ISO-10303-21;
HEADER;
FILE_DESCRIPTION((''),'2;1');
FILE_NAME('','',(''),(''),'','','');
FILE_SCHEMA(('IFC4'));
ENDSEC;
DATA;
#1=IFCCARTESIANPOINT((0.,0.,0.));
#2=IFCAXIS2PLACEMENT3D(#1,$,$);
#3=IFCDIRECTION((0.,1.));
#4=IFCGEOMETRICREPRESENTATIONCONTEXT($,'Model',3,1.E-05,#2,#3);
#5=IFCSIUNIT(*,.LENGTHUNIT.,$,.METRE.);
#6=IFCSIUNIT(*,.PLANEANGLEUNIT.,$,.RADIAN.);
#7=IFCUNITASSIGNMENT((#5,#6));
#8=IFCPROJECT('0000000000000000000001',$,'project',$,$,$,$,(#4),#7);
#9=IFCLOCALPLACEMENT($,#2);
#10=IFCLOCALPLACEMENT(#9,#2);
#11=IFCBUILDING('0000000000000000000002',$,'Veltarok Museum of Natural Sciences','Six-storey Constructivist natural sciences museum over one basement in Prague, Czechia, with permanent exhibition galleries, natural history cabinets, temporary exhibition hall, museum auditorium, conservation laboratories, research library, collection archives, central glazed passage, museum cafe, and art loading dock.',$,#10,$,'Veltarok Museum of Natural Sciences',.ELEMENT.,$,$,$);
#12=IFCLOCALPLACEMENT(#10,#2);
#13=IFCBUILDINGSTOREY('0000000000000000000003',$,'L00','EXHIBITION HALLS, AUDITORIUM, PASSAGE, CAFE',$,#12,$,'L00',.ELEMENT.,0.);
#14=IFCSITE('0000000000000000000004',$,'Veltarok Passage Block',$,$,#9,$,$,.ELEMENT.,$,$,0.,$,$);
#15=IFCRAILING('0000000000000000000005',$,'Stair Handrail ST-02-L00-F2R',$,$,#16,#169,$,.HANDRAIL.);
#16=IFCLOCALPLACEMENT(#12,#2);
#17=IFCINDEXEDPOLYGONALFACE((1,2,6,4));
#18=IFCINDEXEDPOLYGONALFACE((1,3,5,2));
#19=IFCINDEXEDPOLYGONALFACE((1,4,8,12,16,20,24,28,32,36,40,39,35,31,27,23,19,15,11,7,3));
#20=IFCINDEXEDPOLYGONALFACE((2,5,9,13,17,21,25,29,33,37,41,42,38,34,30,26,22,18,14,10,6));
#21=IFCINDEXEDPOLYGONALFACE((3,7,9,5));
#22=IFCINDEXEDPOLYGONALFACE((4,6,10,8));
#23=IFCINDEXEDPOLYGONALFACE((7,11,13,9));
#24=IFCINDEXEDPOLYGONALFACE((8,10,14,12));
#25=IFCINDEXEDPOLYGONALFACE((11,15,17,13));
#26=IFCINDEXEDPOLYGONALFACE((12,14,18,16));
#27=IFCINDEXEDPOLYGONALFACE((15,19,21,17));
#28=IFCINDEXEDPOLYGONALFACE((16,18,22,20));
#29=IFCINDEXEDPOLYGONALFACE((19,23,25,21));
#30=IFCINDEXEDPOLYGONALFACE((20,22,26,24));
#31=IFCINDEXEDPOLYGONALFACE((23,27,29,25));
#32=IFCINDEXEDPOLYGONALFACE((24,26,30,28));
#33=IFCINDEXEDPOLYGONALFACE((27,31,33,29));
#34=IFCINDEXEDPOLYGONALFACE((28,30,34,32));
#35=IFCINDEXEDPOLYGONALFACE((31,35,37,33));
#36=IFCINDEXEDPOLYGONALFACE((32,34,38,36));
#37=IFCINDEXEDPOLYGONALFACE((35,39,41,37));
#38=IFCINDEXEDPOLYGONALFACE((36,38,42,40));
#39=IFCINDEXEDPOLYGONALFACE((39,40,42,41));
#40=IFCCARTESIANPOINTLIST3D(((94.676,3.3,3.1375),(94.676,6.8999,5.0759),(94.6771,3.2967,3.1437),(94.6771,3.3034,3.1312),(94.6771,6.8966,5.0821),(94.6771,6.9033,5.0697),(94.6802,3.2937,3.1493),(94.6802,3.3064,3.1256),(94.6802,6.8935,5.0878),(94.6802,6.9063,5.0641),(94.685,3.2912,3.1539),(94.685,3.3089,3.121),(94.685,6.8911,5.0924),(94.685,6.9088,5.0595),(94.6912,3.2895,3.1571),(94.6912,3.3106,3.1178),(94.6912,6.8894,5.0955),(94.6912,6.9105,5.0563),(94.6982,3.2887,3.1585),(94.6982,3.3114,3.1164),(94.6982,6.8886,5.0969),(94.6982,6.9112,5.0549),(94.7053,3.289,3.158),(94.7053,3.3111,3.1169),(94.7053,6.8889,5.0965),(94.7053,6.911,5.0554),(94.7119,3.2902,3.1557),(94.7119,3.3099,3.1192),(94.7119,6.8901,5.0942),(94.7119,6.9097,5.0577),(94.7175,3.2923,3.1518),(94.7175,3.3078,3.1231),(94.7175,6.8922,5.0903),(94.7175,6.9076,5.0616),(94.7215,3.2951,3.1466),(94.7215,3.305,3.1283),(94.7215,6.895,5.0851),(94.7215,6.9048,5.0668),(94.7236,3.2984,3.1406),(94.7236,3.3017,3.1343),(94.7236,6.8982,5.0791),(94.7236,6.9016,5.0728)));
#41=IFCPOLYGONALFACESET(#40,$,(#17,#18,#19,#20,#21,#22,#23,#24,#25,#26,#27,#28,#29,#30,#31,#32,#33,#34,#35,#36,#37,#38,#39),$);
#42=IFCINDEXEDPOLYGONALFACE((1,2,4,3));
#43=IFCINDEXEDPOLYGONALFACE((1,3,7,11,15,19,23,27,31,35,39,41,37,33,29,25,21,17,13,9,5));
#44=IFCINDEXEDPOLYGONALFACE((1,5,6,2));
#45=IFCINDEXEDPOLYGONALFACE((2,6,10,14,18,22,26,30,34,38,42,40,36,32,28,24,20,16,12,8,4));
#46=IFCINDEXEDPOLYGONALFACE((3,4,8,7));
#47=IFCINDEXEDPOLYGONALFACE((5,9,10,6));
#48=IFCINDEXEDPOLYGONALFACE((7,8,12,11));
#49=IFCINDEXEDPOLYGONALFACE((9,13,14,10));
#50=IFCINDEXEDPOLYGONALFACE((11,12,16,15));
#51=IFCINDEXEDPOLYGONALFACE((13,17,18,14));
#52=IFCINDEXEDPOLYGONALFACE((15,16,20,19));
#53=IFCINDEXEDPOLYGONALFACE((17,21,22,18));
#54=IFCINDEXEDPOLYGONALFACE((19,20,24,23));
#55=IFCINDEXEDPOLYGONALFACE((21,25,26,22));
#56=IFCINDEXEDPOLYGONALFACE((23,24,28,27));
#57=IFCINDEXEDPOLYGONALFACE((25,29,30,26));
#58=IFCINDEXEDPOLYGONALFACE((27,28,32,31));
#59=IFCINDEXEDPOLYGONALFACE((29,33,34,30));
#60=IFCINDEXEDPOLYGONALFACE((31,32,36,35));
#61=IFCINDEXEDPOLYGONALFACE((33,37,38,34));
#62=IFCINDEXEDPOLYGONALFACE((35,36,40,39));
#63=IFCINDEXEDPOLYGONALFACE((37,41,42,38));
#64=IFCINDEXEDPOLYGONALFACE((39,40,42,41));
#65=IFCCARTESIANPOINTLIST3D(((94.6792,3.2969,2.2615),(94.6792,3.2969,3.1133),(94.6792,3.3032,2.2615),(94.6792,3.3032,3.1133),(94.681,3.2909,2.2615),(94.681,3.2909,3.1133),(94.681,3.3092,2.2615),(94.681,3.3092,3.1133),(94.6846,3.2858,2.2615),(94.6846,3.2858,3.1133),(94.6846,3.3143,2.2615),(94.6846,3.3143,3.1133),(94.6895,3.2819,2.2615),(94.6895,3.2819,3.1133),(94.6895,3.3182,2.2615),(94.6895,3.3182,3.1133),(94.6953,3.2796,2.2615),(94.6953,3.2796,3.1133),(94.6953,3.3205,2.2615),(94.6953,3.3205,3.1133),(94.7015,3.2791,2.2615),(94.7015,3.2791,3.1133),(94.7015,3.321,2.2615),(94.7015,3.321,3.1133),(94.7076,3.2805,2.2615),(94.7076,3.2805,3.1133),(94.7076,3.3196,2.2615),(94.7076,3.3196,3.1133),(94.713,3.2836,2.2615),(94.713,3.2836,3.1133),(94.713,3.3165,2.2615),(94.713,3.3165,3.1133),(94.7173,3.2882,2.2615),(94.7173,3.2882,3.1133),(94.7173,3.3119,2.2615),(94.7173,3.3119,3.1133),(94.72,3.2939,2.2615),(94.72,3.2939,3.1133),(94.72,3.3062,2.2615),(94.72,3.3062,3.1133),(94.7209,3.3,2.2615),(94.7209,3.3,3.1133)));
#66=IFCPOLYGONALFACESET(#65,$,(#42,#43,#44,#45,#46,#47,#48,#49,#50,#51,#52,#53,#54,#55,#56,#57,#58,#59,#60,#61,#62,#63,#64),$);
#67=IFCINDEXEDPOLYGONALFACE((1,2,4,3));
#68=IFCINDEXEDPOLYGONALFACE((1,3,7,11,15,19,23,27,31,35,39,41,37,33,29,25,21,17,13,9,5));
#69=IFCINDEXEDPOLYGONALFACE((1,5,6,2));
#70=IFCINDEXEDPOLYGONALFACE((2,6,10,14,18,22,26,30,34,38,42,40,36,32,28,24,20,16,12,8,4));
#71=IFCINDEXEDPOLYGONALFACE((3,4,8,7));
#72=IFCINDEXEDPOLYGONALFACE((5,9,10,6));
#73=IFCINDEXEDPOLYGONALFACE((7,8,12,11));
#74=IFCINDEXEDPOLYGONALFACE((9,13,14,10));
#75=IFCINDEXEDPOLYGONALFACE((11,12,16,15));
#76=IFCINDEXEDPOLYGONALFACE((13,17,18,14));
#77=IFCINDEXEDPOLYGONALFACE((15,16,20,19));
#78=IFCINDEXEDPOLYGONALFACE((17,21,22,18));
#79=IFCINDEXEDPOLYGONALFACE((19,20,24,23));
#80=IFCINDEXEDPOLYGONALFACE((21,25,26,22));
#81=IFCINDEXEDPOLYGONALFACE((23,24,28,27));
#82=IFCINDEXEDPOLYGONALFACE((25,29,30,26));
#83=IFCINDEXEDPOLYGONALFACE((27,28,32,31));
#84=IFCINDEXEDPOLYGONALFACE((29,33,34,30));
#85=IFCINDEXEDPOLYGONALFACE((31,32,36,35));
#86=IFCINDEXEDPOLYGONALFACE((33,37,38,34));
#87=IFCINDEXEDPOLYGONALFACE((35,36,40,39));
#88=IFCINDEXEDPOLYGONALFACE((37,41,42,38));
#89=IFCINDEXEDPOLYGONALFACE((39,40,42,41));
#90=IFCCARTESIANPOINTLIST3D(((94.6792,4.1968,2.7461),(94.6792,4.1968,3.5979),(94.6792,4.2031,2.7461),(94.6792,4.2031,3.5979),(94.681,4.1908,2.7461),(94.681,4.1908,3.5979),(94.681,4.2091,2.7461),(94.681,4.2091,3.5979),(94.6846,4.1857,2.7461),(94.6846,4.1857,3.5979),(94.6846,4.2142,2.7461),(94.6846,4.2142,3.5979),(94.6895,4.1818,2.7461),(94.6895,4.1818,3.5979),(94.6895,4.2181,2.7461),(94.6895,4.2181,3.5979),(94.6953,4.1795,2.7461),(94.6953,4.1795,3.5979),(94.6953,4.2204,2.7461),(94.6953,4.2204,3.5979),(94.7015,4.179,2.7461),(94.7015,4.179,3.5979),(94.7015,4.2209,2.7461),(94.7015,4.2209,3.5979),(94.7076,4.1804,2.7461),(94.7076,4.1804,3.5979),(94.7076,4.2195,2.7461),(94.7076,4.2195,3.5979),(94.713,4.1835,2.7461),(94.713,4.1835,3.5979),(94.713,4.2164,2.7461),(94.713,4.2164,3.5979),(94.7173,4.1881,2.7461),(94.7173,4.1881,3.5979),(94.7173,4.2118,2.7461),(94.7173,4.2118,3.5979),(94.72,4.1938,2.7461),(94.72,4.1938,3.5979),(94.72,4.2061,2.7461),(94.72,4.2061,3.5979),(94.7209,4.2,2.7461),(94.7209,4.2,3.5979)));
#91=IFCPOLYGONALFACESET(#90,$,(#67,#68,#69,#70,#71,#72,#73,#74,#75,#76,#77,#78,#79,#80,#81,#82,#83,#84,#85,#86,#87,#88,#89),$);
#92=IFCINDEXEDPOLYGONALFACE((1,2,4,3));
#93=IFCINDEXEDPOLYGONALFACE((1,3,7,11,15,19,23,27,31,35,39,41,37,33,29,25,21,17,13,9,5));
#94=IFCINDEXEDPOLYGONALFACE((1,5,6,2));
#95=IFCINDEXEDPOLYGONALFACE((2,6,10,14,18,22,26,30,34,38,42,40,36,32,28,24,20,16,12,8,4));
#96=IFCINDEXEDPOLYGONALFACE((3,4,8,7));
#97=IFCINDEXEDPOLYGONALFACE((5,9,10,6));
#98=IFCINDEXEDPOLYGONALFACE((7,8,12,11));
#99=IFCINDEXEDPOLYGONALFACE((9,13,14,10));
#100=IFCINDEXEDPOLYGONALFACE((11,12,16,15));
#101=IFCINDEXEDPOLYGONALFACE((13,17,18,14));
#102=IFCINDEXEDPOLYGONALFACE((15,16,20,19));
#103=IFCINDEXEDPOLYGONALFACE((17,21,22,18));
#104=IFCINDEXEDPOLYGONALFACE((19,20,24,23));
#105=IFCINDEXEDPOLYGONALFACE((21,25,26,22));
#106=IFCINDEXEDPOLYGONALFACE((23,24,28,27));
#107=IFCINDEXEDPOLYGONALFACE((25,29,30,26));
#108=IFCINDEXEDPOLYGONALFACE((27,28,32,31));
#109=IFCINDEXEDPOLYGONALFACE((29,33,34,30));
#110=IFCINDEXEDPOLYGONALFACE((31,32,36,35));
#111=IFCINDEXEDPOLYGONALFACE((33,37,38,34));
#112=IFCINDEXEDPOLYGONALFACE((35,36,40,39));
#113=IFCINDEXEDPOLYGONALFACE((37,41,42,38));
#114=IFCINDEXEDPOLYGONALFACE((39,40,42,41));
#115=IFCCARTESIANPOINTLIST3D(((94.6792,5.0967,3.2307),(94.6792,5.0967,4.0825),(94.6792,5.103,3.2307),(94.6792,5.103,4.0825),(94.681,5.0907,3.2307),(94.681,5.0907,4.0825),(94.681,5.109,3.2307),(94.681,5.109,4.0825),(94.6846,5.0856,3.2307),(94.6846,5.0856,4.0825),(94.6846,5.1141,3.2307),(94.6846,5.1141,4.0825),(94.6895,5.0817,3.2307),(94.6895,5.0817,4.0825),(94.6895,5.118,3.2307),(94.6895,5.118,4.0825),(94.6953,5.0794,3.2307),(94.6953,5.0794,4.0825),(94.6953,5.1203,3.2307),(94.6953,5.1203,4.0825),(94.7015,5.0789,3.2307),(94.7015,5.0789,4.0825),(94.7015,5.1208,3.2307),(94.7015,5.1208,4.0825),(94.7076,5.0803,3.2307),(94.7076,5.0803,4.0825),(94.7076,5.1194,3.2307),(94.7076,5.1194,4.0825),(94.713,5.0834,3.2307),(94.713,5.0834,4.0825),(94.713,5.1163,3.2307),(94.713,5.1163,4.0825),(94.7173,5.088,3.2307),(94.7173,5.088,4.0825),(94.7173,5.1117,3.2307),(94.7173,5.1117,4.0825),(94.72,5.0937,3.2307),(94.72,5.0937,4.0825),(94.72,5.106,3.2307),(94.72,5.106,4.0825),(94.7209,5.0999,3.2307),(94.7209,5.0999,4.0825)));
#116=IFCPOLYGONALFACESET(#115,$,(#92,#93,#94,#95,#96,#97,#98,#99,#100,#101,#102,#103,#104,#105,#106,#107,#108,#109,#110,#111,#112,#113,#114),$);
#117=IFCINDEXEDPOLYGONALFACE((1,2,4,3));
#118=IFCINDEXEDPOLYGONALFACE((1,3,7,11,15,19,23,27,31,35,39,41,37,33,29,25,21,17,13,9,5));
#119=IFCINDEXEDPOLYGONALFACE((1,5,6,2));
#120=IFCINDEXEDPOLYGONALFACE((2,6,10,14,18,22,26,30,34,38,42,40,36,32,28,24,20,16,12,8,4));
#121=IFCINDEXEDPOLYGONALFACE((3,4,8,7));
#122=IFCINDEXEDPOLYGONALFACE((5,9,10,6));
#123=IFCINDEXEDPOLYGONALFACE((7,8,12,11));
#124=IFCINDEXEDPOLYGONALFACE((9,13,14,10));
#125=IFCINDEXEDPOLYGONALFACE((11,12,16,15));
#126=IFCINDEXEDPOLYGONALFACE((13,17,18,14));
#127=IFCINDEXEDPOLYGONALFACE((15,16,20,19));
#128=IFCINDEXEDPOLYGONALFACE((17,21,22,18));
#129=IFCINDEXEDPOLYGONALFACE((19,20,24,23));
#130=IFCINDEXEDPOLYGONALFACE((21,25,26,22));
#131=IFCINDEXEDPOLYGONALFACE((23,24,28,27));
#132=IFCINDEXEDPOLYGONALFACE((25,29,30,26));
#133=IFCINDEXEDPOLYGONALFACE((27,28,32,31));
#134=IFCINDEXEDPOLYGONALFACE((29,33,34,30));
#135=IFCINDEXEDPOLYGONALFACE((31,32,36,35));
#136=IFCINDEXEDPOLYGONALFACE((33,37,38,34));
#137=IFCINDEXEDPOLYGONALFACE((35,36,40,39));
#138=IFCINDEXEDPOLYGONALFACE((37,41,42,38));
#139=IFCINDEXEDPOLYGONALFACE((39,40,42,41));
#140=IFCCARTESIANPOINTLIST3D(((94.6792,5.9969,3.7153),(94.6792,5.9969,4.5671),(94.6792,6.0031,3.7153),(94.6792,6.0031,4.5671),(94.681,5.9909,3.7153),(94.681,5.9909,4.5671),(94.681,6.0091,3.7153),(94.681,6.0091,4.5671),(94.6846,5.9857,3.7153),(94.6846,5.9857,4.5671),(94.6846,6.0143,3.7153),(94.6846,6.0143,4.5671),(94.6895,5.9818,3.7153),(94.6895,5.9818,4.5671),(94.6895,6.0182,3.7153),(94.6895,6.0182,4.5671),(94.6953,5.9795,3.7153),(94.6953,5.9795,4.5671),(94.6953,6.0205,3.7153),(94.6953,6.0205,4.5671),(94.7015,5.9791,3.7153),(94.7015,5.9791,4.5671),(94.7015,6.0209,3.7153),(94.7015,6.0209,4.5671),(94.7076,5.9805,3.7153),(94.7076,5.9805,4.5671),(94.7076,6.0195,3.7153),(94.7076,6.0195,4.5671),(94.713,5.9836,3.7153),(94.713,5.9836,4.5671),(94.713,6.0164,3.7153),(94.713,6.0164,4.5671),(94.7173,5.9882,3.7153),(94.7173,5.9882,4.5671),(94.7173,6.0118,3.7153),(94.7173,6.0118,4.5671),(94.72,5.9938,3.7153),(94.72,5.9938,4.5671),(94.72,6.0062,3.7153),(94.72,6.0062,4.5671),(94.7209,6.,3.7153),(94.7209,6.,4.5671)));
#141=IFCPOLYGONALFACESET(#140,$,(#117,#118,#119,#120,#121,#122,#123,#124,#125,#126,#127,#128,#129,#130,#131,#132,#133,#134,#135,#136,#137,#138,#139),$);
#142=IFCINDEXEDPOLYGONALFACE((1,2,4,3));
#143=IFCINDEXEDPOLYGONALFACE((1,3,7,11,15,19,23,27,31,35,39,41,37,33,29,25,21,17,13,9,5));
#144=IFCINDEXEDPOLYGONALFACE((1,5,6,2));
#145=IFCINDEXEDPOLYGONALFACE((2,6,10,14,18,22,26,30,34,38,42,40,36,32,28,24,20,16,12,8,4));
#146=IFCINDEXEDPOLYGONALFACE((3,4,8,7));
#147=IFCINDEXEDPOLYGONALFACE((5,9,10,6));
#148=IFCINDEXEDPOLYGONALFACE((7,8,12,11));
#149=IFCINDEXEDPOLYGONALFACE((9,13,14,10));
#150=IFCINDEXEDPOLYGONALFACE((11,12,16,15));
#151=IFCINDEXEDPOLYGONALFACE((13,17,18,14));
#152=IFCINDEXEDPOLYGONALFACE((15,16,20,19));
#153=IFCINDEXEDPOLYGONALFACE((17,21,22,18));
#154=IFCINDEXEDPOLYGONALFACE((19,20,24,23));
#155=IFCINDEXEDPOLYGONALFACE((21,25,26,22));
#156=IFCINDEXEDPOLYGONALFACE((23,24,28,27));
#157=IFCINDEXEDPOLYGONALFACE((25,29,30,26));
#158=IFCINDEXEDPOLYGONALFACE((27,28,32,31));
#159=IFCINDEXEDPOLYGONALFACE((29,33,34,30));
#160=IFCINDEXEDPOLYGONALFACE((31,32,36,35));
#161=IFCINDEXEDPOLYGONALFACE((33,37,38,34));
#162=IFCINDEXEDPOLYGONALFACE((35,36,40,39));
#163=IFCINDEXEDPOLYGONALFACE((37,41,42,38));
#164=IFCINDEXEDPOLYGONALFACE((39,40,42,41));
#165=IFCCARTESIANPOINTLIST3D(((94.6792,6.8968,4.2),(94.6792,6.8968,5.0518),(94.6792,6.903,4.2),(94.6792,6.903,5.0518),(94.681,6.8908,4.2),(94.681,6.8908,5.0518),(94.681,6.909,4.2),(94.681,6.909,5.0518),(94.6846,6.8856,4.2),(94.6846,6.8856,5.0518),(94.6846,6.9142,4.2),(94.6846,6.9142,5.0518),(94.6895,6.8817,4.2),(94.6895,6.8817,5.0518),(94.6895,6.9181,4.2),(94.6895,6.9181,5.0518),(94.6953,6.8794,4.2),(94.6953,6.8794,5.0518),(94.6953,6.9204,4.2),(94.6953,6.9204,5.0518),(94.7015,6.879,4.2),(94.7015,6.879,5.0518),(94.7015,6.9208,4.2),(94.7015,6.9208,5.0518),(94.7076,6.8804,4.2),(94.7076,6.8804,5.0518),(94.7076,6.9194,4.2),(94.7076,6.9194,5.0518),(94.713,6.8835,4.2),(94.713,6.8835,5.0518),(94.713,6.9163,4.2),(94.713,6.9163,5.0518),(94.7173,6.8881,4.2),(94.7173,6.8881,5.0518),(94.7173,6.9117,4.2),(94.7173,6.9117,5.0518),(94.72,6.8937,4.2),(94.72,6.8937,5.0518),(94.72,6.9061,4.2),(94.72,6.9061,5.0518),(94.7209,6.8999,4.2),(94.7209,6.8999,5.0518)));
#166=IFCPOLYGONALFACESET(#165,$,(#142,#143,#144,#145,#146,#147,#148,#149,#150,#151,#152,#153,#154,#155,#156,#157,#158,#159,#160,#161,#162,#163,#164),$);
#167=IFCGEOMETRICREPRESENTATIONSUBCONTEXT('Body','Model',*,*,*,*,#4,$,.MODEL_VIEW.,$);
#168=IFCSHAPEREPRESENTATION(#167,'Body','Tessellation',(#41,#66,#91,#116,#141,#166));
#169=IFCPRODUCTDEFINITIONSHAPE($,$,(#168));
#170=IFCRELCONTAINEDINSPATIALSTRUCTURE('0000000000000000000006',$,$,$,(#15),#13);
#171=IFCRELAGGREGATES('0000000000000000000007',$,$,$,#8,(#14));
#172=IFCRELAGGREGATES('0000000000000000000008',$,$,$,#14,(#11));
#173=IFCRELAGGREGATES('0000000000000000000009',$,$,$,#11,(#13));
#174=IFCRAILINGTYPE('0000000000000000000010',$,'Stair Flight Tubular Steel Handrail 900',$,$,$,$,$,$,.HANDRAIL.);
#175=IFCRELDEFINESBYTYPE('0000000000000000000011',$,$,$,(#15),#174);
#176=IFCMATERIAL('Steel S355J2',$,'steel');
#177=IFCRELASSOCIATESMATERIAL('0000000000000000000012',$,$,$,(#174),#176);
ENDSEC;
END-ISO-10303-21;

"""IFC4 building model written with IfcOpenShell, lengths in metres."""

from ifc_helpers import new_model, si_unit, direction, frame, origin, origin_2d, place, context, subcontext, project, spatial, circle, extrude, material, type_object, element, save


model = new_model("IFC4")

# Units and contexts
model_context = context("Model", 3, precision=1e-05, world=origin(), true_north=direction((0.0, 1.0)))
body_context = subcontext(model_context, "Body", "Model", "MODEL_VIEW")
ifc_project = project(units=[si_unit("LENGTHUNIT", "METRE"), si_unit("PLANEANGLEUNIT", "RADIAN")], contexts=[model_context])

# Site, building, storey
site_placement = place(None, origin())
site = spatial("IfcSite", under=ifc_project, at=site_placement, Name="Veltarok Passage Block", CompositionType="ELEMENT", RefElevation=0.0)
building_placement = place(site_placement, origin())
building = spatial("IfcBuilding", under=site, at=building_placement, Name="Veltarok Museum of Natural Sciences", Description="Six-storey Constructivist natural sciences museum over one basement in Prague, Czechia, with permanent exhibition galleries, natural history cabinets, temporary exhibition hall, museum auditorium, conservation laboratories, research library, collection archives, central glazed passage, museum cafe, and art loading dock.", LongName="Veltarok Museum of Natural Sciences", CompositionType="ELEMENT")
storey_placement = place(building_placement, origin())
storey = spatial("IfcBuildingStorey", under=building, at=storey_placement, Name="L00", Description="EXHIBITION HALLS, AUDITORIUM, PASSAGE, CAFE", LongName="L00", CompositionType="ELEMENT", Elevation=0.0)

# Railing
ifc_material_1 = material(Name="Steel S355J2", Category="steel")
railing_type_1 = type_object("IfcRailingType", Name="Stair Flight Tubular Steel Handrail 900", PredefinedType="HANDRAIL", material=ifc_material_1)
for number, where, name in (
    (1, (94.7, 3.3, 2.2615), "Stair Handrail ST-02-L00-F2R"),
):
    element("IfcRailing", number, at=place(storey_placement, frame(where)), inside=storey, type_object=railing_type_1, Name=name, PredefinedType="HANDRAIL", context=body_context, shape_type="SweptSolid", body=[
        extrude(circle(Radius=0.0239, at=origin_2d()), frame((0.0, 0.0, 0.876), z_axis=(0.0, 0.880462, 0.474118), x_axis=(-1.0, 0.0, 0.0)), (0.0, 0.0, 1.0), 4.0886),
        extrude(circle(Radius=0.021, at=origin_2d()), origin(), (0.0, 0.0, 1.0), 0.8518),
        extrude(circle(Radius=0.021, at=origin_2d()), frame((0.0, 0.8999, 0.4846)), (0.0, 0.0, 1.0), 0.8518),
        extrude(circle(Radius=0.021, at=origin_2d()), frame((0.0, 1.7998, 0.9692)), (0.0, 0.0, 1.0), 0.8518),
        extrude(circle(Radius=0.021, at=origin_2d()), frame((0.0, 2.7, 1.4539)), (0.0, 0.0, 1.0), 0.8518),
        extrude(circle(Radius=0.021, at=origin_2d()), frame((0.0, 3.5999, 1.9385)), (0.0, 0.0, 1.0), 0.8518),
    ])

save(model, "model.ifc")
